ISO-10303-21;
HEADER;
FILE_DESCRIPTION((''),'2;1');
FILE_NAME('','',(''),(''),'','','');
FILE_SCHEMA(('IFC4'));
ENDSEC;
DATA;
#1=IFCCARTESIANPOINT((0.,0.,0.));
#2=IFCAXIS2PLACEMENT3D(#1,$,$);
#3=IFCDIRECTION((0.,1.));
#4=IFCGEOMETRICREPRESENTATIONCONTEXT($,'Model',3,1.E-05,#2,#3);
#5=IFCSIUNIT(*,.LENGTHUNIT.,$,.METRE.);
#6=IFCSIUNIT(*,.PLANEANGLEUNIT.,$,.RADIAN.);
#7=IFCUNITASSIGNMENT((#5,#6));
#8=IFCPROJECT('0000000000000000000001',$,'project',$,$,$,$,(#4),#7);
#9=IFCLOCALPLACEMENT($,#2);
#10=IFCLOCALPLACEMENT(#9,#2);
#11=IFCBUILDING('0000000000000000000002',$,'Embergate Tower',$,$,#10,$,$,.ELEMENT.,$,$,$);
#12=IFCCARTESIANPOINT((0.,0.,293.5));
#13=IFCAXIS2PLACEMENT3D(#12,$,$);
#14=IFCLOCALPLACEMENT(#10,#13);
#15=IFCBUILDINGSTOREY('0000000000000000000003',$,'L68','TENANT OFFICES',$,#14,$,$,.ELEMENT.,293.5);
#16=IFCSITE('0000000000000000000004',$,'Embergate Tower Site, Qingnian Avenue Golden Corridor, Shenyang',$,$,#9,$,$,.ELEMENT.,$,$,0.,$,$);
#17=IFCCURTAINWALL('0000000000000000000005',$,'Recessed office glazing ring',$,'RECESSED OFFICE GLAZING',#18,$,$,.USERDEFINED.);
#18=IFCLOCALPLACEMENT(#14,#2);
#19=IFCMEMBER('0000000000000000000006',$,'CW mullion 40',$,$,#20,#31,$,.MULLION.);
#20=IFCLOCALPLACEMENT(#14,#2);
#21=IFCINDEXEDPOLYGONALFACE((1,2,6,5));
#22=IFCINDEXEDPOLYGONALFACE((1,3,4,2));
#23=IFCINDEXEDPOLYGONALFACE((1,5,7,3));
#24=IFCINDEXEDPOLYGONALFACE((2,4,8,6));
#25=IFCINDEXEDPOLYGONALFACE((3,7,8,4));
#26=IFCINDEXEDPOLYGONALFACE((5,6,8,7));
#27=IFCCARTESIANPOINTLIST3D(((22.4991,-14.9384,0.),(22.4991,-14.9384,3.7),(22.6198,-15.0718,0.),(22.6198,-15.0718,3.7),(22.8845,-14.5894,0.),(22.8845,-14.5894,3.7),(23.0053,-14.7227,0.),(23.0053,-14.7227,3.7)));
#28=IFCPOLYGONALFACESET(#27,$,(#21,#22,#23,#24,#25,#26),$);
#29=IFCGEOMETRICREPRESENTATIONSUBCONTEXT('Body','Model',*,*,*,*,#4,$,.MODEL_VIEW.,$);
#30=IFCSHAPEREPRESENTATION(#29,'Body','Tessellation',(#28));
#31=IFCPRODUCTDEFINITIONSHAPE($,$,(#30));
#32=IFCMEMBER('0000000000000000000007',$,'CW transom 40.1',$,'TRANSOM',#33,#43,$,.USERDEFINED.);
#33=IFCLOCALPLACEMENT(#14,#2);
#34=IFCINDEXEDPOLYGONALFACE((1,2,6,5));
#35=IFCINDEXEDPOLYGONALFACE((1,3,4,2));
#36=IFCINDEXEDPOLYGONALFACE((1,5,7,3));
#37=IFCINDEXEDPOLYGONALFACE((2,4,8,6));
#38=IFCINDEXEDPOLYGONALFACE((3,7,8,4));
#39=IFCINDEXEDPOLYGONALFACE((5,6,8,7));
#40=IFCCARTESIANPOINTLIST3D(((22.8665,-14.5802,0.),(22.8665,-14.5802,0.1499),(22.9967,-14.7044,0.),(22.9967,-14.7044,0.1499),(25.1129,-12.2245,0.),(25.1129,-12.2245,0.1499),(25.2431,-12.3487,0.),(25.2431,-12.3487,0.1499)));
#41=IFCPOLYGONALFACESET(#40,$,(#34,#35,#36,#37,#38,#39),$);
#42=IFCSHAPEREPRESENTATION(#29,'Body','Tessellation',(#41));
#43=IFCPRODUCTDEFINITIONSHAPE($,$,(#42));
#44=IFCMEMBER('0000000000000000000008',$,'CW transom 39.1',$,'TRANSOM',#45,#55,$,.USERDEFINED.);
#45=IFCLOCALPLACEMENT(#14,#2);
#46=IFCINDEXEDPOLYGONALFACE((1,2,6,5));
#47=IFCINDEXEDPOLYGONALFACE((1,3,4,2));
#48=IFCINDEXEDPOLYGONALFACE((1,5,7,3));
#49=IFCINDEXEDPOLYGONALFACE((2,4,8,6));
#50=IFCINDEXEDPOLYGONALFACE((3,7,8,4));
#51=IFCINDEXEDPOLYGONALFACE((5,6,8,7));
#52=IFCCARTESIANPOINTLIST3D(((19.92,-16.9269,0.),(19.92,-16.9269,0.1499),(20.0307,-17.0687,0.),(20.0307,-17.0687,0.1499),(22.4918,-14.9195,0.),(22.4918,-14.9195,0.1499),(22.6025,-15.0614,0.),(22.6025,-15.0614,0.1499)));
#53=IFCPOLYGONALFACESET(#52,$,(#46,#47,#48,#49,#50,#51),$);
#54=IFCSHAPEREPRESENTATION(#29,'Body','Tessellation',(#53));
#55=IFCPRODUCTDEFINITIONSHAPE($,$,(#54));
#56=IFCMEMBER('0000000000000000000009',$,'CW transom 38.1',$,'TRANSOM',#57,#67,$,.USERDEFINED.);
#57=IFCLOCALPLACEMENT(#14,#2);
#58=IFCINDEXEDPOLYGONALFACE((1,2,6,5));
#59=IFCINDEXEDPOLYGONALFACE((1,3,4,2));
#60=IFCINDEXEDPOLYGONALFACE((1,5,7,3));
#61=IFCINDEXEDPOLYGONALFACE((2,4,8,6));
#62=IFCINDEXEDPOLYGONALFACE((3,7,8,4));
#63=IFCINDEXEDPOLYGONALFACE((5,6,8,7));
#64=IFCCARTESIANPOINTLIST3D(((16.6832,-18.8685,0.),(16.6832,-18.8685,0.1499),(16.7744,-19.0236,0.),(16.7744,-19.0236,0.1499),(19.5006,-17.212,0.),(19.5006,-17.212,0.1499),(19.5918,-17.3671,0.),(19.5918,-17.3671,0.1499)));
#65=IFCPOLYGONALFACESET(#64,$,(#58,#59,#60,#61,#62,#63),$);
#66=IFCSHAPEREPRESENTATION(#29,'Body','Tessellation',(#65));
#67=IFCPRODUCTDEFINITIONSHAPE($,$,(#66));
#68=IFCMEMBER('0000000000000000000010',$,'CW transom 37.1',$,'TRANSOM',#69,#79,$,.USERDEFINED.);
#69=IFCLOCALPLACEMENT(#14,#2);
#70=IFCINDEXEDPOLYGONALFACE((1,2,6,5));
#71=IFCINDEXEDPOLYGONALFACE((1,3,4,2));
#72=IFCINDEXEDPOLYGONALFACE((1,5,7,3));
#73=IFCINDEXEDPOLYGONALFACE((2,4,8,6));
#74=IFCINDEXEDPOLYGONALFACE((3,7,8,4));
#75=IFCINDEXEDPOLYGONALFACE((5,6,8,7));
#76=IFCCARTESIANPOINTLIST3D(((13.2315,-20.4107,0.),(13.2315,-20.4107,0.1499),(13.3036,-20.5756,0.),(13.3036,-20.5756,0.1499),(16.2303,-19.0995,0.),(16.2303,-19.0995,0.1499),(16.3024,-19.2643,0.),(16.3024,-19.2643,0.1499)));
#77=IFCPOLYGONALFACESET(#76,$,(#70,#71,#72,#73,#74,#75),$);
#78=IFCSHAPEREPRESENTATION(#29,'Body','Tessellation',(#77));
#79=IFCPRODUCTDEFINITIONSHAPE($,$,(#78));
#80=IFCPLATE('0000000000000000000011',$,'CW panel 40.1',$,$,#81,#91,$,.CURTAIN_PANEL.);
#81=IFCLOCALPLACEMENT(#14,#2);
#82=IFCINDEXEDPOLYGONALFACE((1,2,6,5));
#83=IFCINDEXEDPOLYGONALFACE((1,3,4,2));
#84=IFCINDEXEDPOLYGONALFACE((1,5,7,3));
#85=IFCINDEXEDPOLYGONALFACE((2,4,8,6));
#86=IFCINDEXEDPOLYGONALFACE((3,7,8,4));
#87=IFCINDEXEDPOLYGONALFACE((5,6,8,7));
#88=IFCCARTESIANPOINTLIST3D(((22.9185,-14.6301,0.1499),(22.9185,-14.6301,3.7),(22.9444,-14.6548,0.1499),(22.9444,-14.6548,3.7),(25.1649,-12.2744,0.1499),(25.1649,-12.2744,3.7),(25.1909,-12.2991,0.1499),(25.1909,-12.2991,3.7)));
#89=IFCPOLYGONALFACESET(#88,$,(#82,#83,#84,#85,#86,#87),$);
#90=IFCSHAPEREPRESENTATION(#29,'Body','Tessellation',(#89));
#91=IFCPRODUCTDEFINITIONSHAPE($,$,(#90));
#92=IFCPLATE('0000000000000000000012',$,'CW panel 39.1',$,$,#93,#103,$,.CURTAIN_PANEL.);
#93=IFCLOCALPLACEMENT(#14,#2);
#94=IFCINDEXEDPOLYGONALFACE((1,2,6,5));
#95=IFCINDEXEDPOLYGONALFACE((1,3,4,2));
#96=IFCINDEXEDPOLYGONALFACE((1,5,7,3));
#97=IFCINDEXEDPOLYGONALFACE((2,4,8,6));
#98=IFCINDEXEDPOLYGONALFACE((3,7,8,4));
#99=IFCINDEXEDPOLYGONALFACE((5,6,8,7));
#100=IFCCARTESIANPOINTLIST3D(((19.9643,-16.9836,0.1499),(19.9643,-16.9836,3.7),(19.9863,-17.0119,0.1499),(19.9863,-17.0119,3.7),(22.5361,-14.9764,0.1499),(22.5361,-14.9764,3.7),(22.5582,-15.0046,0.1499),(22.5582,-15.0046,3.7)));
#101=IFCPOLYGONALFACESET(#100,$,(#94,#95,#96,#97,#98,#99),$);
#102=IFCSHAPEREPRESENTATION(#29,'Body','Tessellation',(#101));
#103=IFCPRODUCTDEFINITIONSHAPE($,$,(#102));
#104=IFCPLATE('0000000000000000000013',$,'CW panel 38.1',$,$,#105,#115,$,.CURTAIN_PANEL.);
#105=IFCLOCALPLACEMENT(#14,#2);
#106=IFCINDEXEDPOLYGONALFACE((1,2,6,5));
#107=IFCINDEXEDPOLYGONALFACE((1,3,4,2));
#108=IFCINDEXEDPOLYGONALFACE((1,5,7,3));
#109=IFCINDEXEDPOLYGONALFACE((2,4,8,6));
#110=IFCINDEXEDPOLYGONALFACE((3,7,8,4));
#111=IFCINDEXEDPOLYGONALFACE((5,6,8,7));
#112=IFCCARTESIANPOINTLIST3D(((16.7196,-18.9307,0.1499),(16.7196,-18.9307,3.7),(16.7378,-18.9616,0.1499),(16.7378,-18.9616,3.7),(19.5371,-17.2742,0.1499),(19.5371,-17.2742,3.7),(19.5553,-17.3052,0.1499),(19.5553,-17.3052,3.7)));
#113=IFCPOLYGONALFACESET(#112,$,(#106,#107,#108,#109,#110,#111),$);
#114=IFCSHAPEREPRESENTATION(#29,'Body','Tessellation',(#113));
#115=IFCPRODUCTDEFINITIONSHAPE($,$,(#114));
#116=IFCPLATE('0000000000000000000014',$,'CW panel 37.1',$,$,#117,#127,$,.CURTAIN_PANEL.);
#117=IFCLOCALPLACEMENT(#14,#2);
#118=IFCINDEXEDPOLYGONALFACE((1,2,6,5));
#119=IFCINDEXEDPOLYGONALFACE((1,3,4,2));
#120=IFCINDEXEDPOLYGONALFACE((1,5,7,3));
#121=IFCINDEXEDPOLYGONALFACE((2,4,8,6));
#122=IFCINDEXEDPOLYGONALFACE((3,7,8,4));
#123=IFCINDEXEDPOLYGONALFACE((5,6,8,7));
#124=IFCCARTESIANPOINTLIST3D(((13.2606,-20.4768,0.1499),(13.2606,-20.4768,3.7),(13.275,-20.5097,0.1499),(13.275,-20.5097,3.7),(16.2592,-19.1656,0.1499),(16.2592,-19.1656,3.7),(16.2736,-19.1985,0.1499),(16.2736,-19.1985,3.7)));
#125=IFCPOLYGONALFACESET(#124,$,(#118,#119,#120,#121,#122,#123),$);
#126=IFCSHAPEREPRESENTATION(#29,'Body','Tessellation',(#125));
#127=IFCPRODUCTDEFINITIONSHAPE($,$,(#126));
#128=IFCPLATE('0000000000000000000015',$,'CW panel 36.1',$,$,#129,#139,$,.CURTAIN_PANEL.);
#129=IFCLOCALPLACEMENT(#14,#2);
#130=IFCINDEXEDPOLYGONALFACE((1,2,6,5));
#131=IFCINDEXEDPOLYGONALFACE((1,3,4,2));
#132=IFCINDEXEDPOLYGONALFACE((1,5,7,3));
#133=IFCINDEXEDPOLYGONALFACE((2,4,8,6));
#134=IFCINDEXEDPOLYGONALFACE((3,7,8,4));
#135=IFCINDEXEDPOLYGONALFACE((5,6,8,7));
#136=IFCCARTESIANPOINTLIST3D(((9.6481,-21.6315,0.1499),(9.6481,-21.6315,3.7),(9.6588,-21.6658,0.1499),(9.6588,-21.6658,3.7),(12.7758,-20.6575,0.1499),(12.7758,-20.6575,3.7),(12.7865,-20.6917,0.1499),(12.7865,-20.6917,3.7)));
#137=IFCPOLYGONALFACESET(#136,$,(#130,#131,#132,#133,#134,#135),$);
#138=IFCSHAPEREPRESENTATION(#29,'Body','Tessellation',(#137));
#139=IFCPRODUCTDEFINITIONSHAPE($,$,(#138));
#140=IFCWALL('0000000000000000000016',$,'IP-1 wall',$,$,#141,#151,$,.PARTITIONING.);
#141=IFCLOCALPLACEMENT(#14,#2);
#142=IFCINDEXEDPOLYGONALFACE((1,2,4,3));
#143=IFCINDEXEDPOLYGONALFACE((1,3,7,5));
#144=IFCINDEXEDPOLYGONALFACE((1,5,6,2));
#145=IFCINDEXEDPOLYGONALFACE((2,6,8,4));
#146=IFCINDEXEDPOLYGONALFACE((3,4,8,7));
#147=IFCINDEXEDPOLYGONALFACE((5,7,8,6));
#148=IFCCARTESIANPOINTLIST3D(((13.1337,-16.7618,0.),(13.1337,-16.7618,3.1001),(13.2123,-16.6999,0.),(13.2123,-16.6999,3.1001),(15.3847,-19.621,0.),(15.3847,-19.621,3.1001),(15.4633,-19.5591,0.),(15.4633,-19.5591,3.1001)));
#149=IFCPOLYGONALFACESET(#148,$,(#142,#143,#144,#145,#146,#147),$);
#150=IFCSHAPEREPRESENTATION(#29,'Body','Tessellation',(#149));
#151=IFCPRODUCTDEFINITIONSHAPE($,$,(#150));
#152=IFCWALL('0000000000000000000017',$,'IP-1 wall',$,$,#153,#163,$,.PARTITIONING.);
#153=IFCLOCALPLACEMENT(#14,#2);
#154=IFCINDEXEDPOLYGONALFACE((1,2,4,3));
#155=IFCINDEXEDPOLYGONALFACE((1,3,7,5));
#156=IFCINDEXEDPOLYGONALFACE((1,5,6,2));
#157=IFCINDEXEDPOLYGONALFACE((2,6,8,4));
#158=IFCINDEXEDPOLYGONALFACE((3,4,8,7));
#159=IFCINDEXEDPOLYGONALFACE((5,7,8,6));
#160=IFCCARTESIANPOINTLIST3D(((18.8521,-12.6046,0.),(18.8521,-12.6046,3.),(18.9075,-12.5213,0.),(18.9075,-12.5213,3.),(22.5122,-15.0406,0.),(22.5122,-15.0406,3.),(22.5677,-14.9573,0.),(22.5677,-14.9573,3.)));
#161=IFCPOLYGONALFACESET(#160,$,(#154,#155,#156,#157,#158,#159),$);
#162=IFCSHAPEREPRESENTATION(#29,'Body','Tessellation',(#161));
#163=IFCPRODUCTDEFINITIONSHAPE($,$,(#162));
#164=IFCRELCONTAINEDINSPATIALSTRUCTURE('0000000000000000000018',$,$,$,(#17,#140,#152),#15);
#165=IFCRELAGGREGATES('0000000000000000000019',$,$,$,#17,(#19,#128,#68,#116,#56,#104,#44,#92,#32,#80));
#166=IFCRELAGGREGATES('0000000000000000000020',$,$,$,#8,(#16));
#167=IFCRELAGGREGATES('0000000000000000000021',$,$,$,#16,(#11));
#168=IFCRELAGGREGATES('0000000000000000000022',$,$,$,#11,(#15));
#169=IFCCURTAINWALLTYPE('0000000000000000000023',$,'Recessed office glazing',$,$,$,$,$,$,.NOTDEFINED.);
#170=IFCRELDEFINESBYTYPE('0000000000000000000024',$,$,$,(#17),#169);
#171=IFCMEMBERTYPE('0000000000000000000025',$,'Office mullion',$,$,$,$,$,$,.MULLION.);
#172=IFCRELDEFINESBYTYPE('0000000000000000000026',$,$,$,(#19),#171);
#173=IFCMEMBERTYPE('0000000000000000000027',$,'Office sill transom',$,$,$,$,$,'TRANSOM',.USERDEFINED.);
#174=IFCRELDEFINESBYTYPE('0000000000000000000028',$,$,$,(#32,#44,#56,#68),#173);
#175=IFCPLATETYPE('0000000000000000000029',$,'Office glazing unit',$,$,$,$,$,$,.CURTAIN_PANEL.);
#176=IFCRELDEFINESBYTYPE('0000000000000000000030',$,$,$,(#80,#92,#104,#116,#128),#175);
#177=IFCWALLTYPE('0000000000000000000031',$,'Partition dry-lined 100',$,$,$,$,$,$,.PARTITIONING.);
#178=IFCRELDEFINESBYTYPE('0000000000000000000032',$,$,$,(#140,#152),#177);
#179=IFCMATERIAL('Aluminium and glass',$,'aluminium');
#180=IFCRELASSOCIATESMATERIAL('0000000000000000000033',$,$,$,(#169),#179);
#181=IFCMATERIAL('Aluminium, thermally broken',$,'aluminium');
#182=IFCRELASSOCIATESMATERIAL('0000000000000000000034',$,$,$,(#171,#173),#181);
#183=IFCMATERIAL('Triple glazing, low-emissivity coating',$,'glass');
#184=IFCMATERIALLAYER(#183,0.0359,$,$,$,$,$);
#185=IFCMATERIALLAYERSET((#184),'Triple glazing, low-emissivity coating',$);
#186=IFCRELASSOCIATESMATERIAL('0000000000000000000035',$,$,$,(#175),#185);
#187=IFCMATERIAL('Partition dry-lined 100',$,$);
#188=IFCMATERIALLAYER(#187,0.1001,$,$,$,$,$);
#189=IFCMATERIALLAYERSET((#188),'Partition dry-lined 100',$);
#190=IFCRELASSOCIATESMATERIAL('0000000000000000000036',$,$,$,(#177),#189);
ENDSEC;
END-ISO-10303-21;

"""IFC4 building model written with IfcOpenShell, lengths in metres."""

from ifc_helpers import new_model, si_unit, direction, frame, frame_2d, origin, origin_2d, place, context, subcontext, project, spatial, rectangle, extrude, source, transform, mapped, material, layer, layer_set, material_profile, profile_set, type_object, element, aggregate, save


model = new_model("IFC4")

# Units and contexts
model_context = context("Model", 3, precision=1e-05, world=origin(), true_north=direction((0.0, 1.0)))
body_context = subcontext(model_context, "Body", "Model", "MODEL_VIEW")
ifc_project = project(units=[si_unit("LENGTHUNIT", "METRE"), si_unit("PLANEANGLEUNIT", "RADIAN")], contexts=[model_context])

# Site, building, storey
site_placement = place(None, origin())
site = spatial("IfcSite", under=ifc_project, at=site_placement, Name="Embergate Tower Site, Qingnian Avenue Golden Corridor, Shenyang", CompositionType="ELEMENT", RefElevation=0.0)
building_placement = place(site_placement, origin())
building = spatial("IfcBuilding", under=site, at=building_placement, Name="Embergate Tower", CompositionType="ELEMENT")
storey_placement = place(building_placement, frame((0.0, 0.0, 293.5)))
storey = spatial("IfcBuildingStorey", under=building, at=storey_placement, Name="L68", Description="TENANT OFFICES", CompositionType="ELEMENT", Elevation=293.5)

# Curtain wall, members, plates
ifc_material_1 = material(Name="Aluminium and glass", Category="aluminium")
curtain_wall_type = type_object("IfcCurtainWallType", Name="Recessed office glazing", PredefinedType="NOTDEFINED", material=ifc_material_1)
curtain_wall_placement = place(storey_placement, origin())
curtain_wall = element("IfcCurtainWall", 1, at=curtain_wall_placement, inside=storey, type_object=curtain_wall_type, Name="Recessed office glazing ring", ObjectType="RECESSED OFFICE GLAZING", PredefinedType="USERDEFINED")
ifc_material_2 = material(Name="Aluminium, thermally broken", Category="aluminium")
ifc_material_profile_1 = material_profile(ifc_material_2, rectangle(XDim=0.1799, YDim=0.52, at=origin_2d()), Name="AL 520x180")
ifc_profile_set_1 = profile_set([ifc_material_profile_1], Name="Aluminium, thermally broken")
member_type_1 = type_object("IfcMemberType", Name="Office mullion", PredefinedType="MULLION", material=ifc_profile_set_1)
shared_shape_1 = source(origin(), body_context, "Body", "SweptSolid", [
    extrude(rectangle(XDim=0.1799, YDim=0.52, at=origin_2d()), origin(), (0.0, 0.0, 1.0), 3.7),
])
member_1_placement = place(storey_placement, frame((22.7522, -14.8306, 0.0), z_axis=(0.0, 0.0, 1.0), x_axis=(-0.67122, 0.741258, 0.0)))
member_1 = element("IfcMember", 2, at=member_1_placement, type_object=member_type_1, Name="CW mullion 40", PredefinedType="MULLION", context=body_context, shape_type="MappedRepresentation", body=[
    mapped(shared_shape_1, transform((0.0, 0.0, 0.0))),
])
ifc_material_profile_2 = material_profile(ifc_material_2, rectangle(XDim=0.1799, YDim=0.1499, at=origin_2d()), Name="AL 150x180")
ifc_profile_set_2 = profile_set([ifc_material_profile_2], Name="Aluminium, thermally broken")
member_type_2 = type_object("IfcMemberType", Name="Office sill transom", ElementType="TRANSOM", PredefinedType="USERDEFINED", material=ifc_profile_set_2)
shared_shape_2 = source(origin(), body_context, "Body", "SweptSolid", [
    extrude(rectangle(XDim=0.1799, YDim=0.1499, at=origin_2d()), origin(), (0.0, 0.0, 1.0), 3.2551),
])
member_2_placement = place(storey_placement, frame((22.9316, -14.6423, 0.075), z_axis=(0.690106, 0.723708, 0.0), x_axis=(-0.723708, 0.690106, 0.0)))
member_2 = element("IfcMember", 3, at=member_2_placement, type_object=member_type_2, Name="CW transom 40.1", ObjectType="TRANSOM", PredefinedType="USERDEFINED", context=body_context, shape_type="MappedRepresentation", body=[
    mapped(shared_shape_2, transform((0.0, 0.0, 0.0))),
])
shared_shape_3 = source(origin(), body_context, "Body", "SweptSolid", [
    extrude(rectangle(XDim=0.1799, YDim=0.1499, at=origin_2d()), origin(), (0.0, 0.0, 1.0), 3.2625),
])
member_3_placement = place(storey_placement, frame((19.9753, -16.9978, 0.075), z_axis=(0.788303, 0.615287, 0.0), x_axis=(-0.615287, 0.788303, 0.0)))
member_3 = element("IfcMember", 4, at=member_3_placement, type_object=member_type_2, Name="CW transom 39.1", ObjectType="TRANSOM", PredefinedType="USERDEFINED", context=body_context, shape_type="MappedRepresentation", body=[
    mapped(shared_shape_3, transform((0.0, 0.0, 0.0))),
])
shared_shape_4 = source(origin(), body_context, "Body", "SweptSolid", [
    extrude(rectangle(XDim=0.1799, YDim=0.1499, at=origin_2d()), origin(), (0.0, 0.0, 1.0), 3.2683),
])
member_4_placement = place(storey_placement, frame((16.7288, -18.946, 0.075), z_axis=(0.86204, 0.506841, 0.0), x_axis=(-0.506841, 0.86204, 0.0)))
member_4 = element("IfcMember", 5, at=member_4_placement, type_object=member_type_2, Name="CW transom 38.1", ObjectType="TRANSOM", PredefinedType="USERDEFINED", context=body_context, shape_type="MappedRepresentation", body=[
    mapped(shared_shape_4, transform((0.0, 0.0, 0.0))),
])
shared_shape_5 = source(origin(), body_context, "Body", "SweptSolid", [
    extrude(rectangle(XDim=0.1799, YDim=0.1499, at=origin_2d()), origin(), (0.0, 0.0, 1.0), 3.2729),
])
member_5_placement = place(storey_placement, frame((13.2676, -20.4932, 0.075), z_axis=(0.916234, 0.400643, 0.0), x_axis=(-0.400643, 0.916234, 0.0)))
member_5 = element("IfcMember", 6, at=member_5_placement, type_object=member_type_2, Name="CW transom 37.1", ObjectType="TRANSOM", PredefinedType="USERDEFINED", context=body_context, shape_type="MappedRepresentation", body=[
    mapped(shared_shape_5, transform((0.0, 0.0, 0.0))),
])
ifc_material_3 = material(Name="Triple glazing, low-emissivity coating", Category="glass")
ifc_layer_1 = layer(ifc_material_3, 0.0359)
ifc_layer_set_1 = layer_set([ifc_layer_1], Name="Triple glazing, low-emissivity coating")
plate_type = type_object("IfcPlateType", Name="Office glazing unit", PredefinedType="CURTAIN_PANEL", material=ifc_layer_set_1)
shared_shape_6 = source(origin(), body_context, "Body", "SweptSolid", [
    extrude(rectangle(XDim=3.2551, YDim=0.0359, at=origin_2d()), origin(), (0.0, 0.0, 1.0), 3.55),
])
plate_1_placement = place(storey_placement, frame((24.0547, -13.4646, 0.1499), z_axis=(0.0, 0.0, 1.0), x_axis=(0.690134, 0.723682, 0.0)))
plate_1 = element("IfcPlate", 7, at=plate_1_placement, type_object=plate_type, Name="CW panel 40.1", PredefinedType="CURTAIN_PANEL", context=body_context, shape_type="MappedRepresentation", body=[
    mapped(shared_shape_6, transform((0.0, 0.0, 0.0))),
])
shared_shape_7 = source(origin(), body_context, "Body", "SweptSolid", [
    extrude(rectangle(XDim=3.2625, YDim=0.0359, at=origin_2d()), origin(), (0.0, 0.0, 1.0), 3.55),
])
plate_2_placement = place(storey_placement, frame((21.2612, -15.9941, 0.1499), z_axis=(0.0, 0.0, 1.0), x_axis=(0.788318, 0.615268, 0.0)))
plate_2 = element("IfcPlate", 8, at=plate_2_placement, type_object=plate_type, Name="CW panel 39.1", PredefinedType="CURTAIN_PANEL", context=body_context, shape_type="MappedRepresentation", body=[
    mapped(shared_shape_7, transform((0.0, 0.0, 0.0))),
])
shared_shape_8 = source(origin(), body_context, "Body", "SweptSolid", [
    extrude(rectangle(XDim=3.2683, YDim=0.0359, at=origin_2d()), origin(), (0.0, 0.0, 1.0), 3.55),
])
plate_3_placement = place(storey_placement, frame((18.1375, -18.1179, 0.1499), z_axis=(0.0, 0.0, 1.0), x_axis=(0.862051, 0.506821, 0.0)))
plate_3 = element("IfcPlate", 9, at=plate_3_placement, type_object=plate_type, Name="CW panel 38.1", PredefinedType="CURTAIN_PANEL", context=body_context, shape_type="MappedRepresentation", body=[
    mapped(shared_shape_8, transform((0.0, 0.0, 0.0))),
])
shared_shape_9 = source(origin(), body_context, "Body", "SweptSolid", [
    extrude(rectangle(XDim=3.2727, YDim=0.0359, at=origin_2d()), origin(), (0.0, 0.0, 1.0), 3.55),
])
plate_4_placement = place(storey_placement, frame((14.7671, -19.8376, 0.1499), z_axis=(0.0, 0.0, 1.0), x_axis=(0.916235, 0.400642, 0.0)))
plate_4 = element("IfcPlate", 10, at=plate_4_placement, type_object=plate_type, Name="CW panel 37.1", PredefinedType="CURTAIN_PANEL", context=body_context, shape_type="MappedRepresentation", body=[
    mapped(shared_shape_9, transform((0.0, 0.0, 0.0))),
])
shared_shape_10 = source(origin(), body_context, "Body", "SweptSolid", [
    extrude(rectangle(XDim=3.2759, YDim=0.0359, at=origin_2d()), origin(), (0.0, 0.0, 1.0), 3.55),
])
plate_5_placement = place(storey_placement, frame((11.2173, -21.1616, 0.1499), z_axis=(0.0, 0.0, 1.0), x_axis=(0.954771, 0.297342, 0.0)))
plate_5 = element("IfcPlate", 11, at=plate_5_placement, type_object=plate_type, Name="CW panel 36.1", PredefinedType="CURTAIN_PANEL", context=body_context, shape_type="MappedRepresentation", body=[
    mapped(shared_shape_10, transform((0.0, 0.0, 0.0))),
])
aggregate(curtain_wall, [member_1, plate_5, member_5, plate_4, member_4, plate_3, member_3, plate_2, member_2, plate_1])

# Walls
ifc_material_4 = material(Name="Partition dry-lined 100")
ifc_layer_2 = layer(ifc_material_4, 0.1001)
ifc_layer_set_2 = layer_set([ifc_layer_2], Name="Partition dry-lined 100")
wall_type = type_object("IfcWallType", Name="Partition dry-lined 100", PredefinedType="PARTITIONING", material=ifc_layer_set_2)
shared_shape_11 = source(origin(), body_context, "Body", "SweptSolid", [
    extrude(rectangle(XDim=3.6389, YDim=0.1001, at=frame_2d((1.8193, 0.0))), origin(), (0.0, 0.0, 1.0), 3.1001),
])
wall_1_placement = place(storey_placement, frame((13.1731, -16.731, 0.0), z_axis=(0.0, 0.0, 1.0), x_axis=(0.618589, -0.785715, 0.0)))
element("IfcWall", 12, at=wall_1_placement, inside=storey, type_object=wall_type, Name="IP-1 wall", PredefinedType="PARTITIONING", context=body_context, shape_type="MappedRepresentation", body=[
    mapped(shared_shape_11, transform((0.0, 0.0, 0.0))),
])
shared_shape_12 = source(origin(), body_context, "Body", "SweptSolid", [
    extrude(rectangle(XDim=4.3967, YDim=0.1001, at=frame_2d((2.1982, 0.0))), origin(), (0.0, 0.0, 1.0), 3.0),
])
wall_2_placement = place(storey_placement, frame((18.8799, -12.563, 0.0), z_axis=(0.0, 0.0, 1.0), x_axis=(0.832477, -0.554059, 0.0)))
element("IfcWall", 13, at=wall_2_placement, inside=storey, type_object=wall_type, Name="IP-1 wall", PredefinedType="PARTITIONING", context=body_context, shape_type="MappedRepresentation", body=[
    mapped(shared_shape_12, transform((0.0, 0.0, 0.0))),
])

save(model, "model.ifc")
